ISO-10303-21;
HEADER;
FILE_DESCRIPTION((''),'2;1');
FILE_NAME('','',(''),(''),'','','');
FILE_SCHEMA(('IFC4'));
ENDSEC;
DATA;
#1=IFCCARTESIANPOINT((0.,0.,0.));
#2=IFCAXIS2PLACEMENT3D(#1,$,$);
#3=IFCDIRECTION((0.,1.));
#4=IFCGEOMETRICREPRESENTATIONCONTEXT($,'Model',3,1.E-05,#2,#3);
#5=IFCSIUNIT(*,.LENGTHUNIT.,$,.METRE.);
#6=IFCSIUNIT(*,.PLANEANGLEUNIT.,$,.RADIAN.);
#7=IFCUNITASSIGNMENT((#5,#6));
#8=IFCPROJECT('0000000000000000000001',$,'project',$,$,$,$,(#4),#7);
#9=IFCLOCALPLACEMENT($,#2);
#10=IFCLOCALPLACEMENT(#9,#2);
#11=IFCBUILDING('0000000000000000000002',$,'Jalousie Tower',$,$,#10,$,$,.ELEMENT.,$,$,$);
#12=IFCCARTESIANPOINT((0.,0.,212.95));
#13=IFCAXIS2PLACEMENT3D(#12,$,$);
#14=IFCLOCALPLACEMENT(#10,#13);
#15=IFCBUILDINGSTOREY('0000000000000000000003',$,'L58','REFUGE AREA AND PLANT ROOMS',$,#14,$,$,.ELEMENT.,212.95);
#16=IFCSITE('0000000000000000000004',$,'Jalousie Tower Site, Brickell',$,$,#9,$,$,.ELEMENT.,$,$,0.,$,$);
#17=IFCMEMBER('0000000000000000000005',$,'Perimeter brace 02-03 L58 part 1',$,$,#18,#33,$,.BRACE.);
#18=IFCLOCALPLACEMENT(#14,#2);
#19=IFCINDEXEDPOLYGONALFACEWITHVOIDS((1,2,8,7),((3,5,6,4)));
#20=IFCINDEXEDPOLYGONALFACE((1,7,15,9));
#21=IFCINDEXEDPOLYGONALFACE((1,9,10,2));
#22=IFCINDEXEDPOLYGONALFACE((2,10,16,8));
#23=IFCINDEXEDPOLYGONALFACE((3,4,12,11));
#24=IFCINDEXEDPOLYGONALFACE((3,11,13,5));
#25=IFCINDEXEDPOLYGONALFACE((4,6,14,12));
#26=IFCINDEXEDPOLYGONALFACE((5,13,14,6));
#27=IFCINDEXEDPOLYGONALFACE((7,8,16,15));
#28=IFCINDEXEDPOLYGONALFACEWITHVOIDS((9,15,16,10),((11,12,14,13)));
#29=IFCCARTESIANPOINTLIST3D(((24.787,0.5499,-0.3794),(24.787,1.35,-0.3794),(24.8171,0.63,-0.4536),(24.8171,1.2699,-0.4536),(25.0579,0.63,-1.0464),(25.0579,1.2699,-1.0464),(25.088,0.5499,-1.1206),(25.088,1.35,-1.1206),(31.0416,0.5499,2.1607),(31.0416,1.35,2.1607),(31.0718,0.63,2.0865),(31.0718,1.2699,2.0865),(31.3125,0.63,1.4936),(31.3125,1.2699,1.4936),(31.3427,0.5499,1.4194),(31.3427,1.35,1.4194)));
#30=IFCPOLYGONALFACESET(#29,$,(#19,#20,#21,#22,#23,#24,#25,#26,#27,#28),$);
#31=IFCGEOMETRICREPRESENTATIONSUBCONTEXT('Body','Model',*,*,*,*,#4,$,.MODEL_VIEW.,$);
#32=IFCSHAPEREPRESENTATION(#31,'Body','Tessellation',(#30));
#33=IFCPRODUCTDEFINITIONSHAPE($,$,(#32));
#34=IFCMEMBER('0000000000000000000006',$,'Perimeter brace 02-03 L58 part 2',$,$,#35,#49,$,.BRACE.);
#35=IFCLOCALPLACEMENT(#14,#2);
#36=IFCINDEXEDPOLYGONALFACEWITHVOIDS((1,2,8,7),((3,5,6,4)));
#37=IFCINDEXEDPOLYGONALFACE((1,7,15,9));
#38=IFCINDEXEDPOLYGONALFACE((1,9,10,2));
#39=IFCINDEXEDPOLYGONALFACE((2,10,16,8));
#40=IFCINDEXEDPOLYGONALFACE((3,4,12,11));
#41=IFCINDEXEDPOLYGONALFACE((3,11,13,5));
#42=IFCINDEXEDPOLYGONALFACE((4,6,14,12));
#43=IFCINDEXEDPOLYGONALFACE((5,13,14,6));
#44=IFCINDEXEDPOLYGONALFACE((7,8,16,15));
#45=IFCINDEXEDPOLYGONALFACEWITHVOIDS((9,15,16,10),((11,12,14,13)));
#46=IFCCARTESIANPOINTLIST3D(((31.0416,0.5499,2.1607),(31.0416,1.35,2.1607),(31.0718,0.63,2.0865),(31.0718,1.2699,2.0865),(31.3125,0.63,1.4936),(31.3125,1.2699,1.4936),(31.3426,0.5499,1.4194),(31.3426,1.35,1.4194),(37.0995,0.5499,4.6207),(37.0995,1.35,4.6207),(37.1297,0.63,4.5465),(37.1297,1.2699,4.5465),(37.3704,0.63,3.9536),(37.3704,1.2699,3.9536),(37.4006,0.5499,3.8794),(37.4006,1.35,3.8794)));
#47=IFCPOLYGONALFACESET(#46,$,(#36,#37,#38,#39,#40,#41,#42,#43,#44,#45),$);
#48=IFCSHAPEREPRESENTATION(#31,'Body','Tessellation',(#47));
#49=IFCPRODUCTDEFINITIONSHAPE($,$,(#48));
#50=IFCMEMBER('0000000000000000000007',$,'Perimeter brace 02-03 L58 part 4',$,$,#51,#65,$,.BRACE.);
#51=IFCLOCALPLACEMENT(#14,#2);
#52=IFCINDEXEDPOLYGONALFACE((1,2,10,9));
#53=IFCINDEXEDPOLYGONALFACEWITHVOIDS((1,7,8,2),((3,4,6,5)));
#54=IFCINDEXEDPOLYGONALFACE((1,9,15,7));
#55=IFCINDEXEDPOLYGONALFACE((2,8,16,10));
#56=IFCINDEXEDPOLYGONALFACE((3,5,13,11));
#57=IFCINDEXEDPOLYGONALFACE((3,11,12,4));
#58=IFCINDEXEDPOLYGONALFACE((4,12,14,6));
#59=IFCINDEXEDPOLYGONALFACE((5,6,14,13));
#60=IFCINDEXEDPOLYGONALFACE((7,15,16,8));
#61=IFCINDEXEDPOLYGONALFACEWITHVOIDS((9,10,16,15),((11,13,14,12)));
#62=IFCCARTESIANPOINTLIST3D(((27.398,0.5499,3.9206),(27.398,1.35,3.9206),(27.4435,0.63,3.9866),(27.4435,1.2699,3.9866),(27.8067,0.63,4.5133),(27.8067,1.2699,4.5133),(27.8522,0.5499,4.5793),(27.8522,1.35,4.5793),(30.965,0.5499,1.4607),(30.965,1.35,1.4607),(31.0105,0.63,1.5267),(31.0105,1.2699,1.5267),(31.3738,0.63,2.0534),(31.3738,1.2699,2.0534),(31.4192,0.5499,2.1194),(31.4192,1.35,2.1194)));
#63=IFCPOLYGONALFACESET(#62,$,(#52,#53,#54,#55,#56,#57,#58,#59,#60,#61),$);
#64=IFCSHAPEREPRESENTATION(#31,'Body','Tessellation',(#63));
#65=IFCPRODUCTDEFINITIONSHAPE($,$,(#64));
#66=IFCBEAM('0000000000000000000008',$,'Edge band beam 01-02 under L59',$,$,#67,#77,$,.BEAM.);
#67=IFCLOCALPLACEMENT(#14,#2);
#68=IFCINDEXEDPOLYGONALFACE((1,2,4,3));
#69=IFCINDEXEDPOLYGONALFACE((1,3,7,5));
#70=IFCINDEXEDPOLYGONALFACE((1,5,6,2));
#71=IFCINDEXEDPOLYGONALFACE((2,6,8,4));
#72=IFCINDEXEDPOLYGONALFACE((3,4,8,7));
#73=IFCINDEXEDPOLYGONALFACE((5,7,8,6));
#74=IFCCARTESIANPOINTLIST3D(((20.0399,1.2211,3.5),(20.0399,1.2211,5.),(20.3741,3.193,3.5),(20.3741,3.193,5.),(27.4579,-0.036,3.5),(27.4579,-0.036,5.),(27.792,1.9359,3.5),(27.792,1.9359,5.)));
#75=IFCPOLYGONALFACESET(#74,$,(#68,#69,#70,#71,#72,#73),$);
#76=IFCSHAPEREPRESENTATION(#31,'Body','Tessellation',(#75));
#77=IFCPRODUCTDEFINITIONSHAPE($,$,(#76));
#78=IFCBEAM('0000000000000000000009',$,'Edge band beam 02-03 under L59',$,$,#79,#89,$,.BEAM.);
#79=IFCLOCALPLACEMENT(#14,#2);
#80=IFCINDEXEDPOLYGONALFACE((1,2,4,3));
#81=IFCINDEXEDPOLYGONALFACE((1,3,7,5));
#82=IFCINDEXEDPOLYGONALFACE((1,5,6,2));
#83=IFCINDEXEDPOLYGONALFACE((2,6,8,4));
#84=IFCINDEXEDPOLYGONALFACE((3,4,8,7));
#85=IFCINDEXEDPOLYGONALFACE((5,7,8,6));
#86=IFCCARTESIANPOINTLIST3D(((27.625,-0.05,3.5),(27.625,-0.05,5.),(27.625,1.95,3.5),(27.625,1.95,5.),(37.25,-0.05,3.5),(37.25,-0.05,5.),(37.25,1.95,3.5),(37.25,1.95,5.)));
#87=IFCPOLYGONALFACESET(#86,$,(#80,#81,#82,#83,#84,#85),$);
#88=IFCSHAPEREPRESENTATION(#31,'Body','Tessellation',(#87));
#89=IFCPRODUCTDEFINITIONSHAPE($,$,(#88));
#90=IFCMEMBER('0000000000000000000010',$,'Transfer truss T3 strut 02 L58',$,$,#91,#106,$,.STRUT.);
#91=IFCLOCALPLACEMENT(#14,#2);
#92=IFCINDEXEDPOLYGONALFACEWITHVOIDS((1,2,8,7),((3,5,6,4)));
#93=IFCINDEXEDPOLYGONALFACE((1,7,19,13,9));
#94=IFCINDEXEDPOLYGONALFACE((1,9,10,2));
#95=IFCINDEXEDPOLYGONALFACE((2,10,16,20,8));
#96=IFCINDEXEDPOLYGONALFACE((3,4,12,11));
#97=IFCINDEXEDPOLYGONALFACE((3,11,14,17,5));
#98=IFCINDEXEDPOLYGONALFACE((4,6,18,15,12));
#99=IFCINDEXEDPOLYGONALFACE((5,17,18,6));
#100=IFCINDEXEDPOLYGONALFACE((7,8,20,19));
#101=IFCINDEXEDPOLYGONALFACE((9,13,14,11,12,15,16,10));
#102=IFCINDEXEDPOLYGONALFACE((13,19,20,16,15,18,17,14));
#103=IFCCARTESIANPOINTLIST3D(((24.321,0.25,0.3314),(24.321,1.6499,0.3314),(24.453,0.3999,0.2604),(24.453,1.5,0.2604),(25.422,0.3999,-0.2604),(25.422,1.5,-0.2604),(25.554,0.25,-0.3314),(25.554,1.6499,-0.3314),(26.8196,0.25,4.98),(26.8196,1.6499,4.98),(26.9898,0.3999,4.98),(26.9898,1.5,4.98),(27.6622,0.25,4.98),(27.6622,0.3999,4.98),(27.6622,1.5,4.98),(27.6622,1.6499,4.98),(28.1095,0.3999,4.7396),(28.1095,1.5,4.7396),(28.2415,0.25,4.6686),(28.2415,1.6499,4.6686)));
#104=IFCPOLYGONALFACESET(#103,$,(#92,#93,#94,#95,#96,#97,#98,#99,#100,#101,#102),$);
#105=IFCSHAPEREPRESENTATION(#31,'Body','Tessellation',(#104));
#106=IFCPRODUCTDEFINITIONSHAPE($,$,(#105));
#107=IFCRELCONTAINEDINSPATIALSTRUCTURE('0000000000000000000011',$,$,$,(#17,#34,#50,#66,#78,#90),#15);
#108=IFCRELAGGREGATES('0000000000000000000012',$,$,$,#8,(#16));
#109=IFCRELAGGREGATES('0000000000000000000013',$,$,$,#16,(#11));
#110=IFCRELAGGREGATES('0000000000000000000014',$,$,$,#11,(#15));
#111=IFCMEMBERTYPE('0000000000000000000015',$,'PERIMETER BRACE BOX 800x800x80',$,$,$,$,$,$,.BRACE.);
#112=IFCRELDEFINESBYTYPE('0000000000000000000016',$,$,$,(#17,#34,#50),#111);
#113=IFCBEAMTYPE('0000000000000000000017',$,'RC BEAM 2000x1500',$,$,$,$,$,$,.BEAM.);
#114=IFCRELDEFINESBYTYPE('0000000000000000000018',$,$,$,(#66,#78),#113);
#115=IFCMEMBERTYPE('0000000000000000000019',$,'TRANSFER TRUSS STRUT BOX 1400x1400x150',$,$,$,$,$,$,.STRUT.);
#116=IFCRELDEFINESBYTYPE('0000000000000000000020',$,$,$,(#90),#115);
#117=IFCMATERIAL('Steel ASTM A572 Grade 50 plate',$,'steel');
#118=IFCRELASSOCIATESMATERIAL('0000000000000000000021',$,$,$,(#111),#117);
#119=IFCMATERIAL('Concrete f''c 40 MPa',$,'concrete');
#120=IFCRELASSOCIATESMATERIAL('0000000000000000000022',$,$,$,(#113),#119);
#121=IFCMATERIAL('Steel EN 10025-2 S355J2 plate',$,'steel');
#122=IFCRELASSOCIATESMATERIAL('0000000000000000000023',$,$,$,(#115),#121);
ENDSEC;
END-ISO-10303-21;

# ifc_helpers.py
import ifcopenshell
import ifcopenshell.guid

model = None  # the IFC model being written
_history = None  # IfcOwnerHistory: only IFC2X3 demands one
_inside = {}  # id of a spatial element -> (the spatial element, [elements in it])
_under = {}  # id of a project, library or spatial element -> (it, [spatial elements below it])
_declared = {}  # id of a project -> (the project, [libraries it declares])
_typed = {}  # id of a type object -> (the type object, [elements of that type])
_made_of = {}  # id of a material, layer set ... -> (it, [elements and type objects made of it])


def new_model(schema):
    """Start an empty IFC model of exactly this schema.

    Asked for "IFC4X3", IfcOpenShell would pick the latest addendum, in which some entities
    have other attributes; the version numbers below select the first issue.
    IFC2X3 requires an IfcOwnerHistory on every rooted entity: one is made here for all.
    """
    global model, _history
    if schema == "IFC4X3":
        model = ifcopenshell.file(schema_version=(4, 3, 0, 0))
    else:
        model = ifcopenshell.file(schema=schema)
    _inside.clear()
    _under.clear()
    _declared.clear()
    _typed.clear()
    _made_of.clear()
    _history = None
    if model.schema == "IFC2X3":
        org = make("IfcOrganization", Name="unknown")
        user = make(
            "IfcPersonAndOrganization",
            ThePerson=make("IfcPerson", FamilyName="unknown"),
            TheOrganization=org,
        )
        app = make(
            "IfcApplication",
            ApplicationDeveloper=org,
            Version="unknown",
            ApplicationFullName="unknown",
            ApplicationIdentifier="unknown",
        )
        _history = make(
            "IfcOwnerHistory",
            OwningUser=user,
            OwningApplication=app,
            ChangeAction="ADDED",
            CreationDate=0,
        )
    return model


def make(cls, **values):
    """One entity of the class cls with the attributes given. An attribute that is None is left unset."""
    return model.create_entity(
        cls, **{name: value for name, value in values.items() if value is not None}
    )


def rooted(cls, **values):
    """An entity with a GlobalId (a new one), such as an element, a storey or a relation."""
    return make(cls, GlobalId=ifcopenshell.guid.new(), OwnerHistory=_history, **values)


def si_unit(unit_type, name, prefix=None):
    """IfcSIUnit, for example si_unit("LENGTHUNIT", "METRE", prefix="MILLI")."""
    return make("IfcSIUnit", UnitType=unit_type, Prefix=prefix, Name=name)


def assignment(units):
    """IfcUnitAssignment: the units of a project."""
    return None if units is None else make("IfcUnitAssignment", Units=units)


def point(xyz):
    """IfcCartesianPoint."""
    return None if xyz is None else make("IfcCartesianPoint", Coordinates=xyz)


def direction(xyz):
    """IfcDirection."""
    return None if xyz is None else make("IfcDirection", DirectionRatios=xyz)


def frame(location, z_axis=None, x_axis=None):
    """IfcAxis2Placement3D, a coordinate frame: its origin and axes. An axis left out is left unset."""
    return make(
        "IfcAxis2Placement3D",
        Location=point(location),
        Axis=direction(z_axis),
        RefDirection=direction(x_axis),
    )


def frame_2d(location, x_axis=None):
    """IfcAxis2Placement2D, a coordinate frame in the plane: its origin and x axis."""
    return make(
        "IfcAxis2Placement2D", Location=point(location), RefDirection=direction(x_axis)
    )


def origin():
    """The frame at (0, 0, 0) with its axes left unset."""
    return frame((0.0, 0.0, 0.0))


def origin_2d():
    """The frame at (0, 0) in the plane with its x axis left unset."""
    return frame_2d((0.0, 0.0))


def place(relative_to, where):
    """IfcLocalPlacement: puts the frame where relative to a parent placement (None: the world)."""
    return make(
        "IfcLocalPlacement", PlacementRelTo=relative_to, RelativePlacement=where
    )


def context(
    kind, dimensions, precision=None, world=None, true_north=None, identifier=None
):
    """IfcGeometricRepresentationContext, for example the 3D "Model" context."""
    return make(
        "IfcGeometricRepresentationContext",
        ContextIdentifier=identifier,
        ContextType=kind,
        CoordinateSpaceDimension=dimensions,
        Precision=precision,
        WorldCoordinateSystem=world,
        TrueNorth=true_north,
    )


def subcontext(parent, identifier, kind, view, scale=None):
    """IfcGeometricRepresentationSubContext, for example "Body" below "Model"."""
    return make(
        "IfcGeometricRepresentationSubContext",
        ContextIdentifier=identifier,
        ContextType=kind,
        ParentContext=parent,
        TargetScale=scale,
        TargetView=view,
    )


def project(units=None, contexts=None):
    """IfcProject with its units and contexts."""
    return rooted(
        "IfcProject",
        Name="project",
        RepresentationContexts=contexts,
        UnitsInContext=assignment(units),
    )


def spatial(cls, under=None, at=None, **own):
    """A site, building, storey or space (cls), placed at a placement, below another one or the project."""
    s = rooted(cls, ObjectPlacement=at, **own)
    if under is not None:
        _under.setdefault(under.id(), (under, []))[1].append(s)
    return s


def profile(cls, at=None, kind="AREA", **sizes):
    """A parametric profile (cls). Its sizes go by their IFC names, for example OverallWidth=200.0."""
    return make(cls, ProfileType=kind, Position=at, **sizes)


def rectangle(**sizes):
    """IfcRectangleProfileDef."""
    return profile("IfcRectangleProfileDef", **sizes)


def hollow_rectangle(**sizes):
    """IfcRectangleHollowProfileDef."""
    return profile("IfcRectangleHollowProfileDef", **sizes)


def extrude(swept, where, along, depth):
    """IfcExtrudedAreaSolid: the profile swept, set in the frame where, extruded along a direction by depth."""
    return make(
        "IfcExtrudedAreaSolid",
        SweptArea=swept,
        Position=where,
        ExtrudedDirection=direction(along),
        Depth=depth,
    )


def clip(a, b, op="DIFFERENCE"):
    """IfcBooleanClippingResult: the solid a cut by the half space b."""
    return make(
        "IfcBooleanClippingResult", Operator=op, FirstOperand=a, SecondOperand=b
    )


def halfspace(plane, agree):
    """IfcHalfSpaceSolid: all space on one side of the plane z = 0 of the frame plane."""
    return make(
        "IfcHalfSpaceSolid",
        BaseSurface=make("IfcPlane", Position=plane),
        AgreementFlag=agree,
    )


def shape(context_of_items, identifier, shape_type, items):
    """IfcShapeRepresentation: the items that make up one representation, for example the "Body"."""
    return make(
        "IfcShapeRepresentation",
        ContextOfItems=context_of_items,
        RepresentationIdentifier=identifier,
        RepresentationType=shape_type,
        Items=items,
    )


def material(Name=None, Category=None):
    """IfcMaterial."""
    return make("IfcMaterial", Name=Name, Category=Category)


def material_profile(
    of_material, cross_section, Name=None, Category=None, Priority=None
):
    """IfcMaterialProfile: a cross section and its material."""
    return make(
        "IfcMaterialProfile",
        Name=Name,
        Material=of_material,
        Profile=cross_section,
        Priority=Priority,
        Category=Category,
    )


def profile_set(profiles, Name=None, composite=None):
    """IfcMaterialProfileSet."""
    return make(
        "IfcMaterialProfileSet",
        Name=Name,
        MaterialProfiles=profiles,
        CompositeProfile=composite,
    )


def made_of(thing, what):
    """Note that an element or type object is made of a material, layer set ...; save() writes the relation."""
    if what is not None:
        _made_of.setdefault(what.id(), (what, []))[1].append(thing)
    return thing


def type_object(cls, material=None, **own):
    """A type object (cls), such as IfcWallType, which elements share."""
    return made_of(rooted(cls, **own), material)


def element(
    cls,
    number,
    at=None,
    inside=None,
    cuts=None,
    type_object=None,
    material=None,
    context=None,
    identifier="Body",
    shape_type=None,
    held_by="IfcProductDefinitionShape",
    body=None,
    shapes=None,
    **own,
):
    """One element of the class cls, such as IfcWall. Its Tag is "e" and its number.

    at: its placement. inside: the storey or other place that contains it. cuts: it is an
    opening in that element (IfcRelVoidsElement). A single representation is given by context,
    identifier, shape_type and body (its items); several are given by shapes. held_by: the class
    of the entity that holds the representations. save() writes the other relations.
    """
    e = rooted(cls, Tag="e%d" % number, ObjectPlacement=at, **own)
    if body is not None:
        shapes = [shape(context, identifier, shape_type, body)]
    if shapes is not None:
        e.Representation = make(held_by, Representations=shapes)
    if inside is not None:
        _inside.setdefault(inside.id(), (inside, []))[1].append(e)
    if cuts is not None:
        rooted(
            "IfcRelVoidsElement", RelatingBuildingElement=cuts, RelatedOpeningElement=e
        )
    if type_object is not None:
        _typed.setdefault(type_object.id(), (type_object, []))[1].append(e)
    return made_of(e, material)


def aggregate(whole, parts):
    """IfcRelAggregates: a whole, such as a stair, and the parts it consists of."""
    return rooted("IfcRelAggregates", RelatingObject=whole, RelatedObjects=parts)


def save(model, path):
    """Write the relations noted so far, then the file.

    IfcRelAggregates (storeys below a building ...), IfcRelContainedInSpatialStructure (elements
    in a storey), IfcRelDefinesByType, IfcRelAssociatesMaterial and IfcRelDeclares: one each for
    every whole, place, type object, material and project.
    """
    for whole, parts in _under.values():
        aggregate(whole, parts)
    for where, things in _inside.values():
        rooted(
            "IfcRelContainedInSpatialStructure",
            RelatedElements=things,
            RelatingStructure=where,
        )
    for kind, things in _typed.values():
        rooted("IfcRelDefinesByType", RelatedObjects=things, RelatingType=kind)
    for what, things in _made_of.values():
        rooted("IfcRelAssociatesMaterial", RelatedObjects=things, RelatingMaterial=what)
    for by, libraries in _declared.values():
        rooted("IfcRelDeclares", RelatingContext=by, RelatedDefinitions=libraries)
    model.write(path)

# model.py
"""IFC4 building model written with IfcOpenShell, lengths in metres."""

from ifc_helpers import new_model, si_unit, direction, frame, origin, origin_2d, place, context, subcontext, project, spatial, rectangle, hollow_rectangle, extrude, clip, halfspace, material, material_profile, profile_set, type_object, element, save


model = new_model("IFC4")

# Units and contexts
model_context = context("Model", 3, precision=1e-05, world=origin(), true_north=direction((0.0, 1.0)))
body_context = subcontext(model_context, "Body", "Model", "MODEL_VIEW")
ifc_project = project(units=[si_unit("LENGTHUNIT", "METRE"), si_unit("PLANEANGLEUNIT", "RADIAN")], contexts=[model_context])

# Site, building, storey
site_placement = place(None, origin())
site = spatial("IfcSite", under=ifc_project, at=site_placement, Name="Jalousie Tower Site, Brickell", CompositionType="ELEMENT", RefElevation=0.0)
building_placement = place(site_placement, origin())
building = spatial("IfcBuilding", under=site, at=building_placement, Name="Jalousie Tower", CompositionType="ELEMENT")
storey_placement = place(building_placement, frame((0.0, 0.0, 212.95)))
storey = spatial("IfcBuildingStorey", under=building, at=storey_placement, Name="L58", Description="REFUGE AREA AND PLANT ROOMS", CompositionType="ELEMENT", Elevation=212.95)

# Members
ifc_material_1 = material(Name="Steel ASTM A572 Grade 50 plate", Category="steel")
ifc_material_profile_1 = material_profile(ifc_material_1, hollow_rectangle(XDim=0.8, YDim=0.8, WallThickness=0.0801, at=origin_2d()), Name="BOX 800x800x80")
ifc_profile_set_1 = profile_set([ifc_material_profile_1], Name="Steel ASTM A572 Grade 50 plate")
member_type_1 = type_object("IfcMemberType", Name="PERIMETER BRACE BOX 800x800x80", PredefinedType="BRACE", material=ifc_profile_set_1)
member_1_placement = place(storey_placement, frame((24.9375, 0.95, -0.75), z_axis=(0.926513, 0.0, 0.376262), x_axis=(0.0, 1.0, 0.0)))
element("IfcMember", 1, at=member_1_placement, inside=storey, type_object=member_type_1, Name="Perimeter brace 02-03 L58 part 1", PredefinedType="BRACE", context=body_context, shape_type="SweptSolid", body=[
    extrude(hollow_rectangle(XDim=0.8, YDim=0.8, WallThickness=0.0801, at=origin_2d()), origin(), (0.0, 0.0, 1.0), 6.7507),
])
member_2_placement = place(storey_placement, frame((31.1921, 0.95, 1.79), z_axis=(0.926522, 0.0, 0.37624), x_axis=(0.0, 1.0, 0.0)))
element("IfcMember", 2, at=member_2_placement, inside=storey, type_object=member_type_1, Name="Perimeter brace 02-03 L58 part 2", PredefinedType="BRACE", context=body_context, shape_type="SweptSolid", body=[
    extrude(hollow_rectangle(XDim=0.8, YDim=0.8, WallThickness=0.0801, at=origin_2d()), origin(), (0.0, 0.0, 1.0), 6.5383),
])
member_3_placement = place(storey_placement, frame((31.1921, 0.95, 1.79), z_axis=(-0.823227, 0.0, 0.567712), x_axis=(0.0, -1.0, 0.0)))
element("IfcMember", 3, at=member_3_placement, inside=storey, type_object=member_type_1, Name="Perimeter brace 02-03 L58 part 4", PredefinedType="BRACE", context=body_context, shape_type="SweptSolid", body=[
    extrude(hollow_rectangle(XDim=0.8, YDim=0.8, WallThickness=0.0801, at=origin_2d()), origin(), (0.0, 0.0, 1.0), 4.333),
])

# Beams
ifc_material_2 = material(Name="Concrete f'c 40 MPa", Category="concrete")
ifc_material_profile_2 = material_profile(ifc_material_2, rectangle(XDim=2.0, YDim=1.5, at=origin_2d()), Name="RC 2000x1500")
ifc_profile_set_2 = profile_set([ifc_material_profile_2], Name="Concrete f'c 40 MPa")
beam_type_1 = type_object("IfcBeamType", Name="RC BEAM 2000x1500", PredefinedType="BEAM", material=ifc_profile_set_2)
beam_1_placement = place(storey_placement, frame((20.207, 2.207, 4.25), z_axis=(0.985943, -0.167082, 0.0), x_axis=(0.167082, 0.985943, 0.0)))
element("IfcBeam", 4, at=beam_1_placement, inside=storey, type_object=beam_type_1, Name="Edge band beam 01-02 under L59", PredefinedType="BEAM", context=body_context, shape_type="SweptSolid", body=[
    extrude(rectangle(XDim=2.0, YDim=1.5, at=origin_2d()), origin(), (0.0, 0.0, 1.0), 7.5237),
])
beam_2_placement = place(storey_placement, frame((27.625, 0.95, 4.25), z_axis=(1.0, 0.0, 0.0), x_axis=(0.0, 1.0, 0.0)))
element("IfcBeam", 5, at=beam_2_placement, inside=storey, type_object=beam_type_1, Name="Edge band beam 02-03 under L59", PredefinedType="BEAM", context=body_context, shape_type="SweptSolid", body=[
    extrude(rectangle(XDim=2.0, YDim=1.5, at=origin_2d()), origin(), (0.0, 0.0, 1.0), 9.625),
])

# Member
ifc_material_3 = material(Name="Steel EN 10025-2 S355J2 plate", Category="steel")
ifc_material_profile_3 = material_profile(ifc_material_3, hollow_rectangle(XDim=1.3999, YDim=1.3999, WallThickness=0.1499, at=origin_2d()), Name="BOX 1400x1400x150")
ifc_profile_set_3 = profile_set([ifc_material_profile_3], Name="Steel EN 10025-2 S355J2 plate")
member_type_2 = type_object("IfcMemberType", Name="TRANSFER TRUSS STRUT BOX 1400x1400x150", PredefinedType="STRUT", material=ifc_profile_set_3)
member_4_placement = place(storey_placement, frame((24.9375, 0.95, 0.0), z_axis=(0.473443, 0.0, 0.880824), x_axis=(0.0, 1.0, 0.0)))
element("IfcMember", 6, at=member_4_placement, inside=storey, type_object=member_type_2, Name="Transfer truss T3 strut 02 L58", PredefinedType="STRUT", context=body_context, shape_type="Clipping", body=[
    clip(extrude(hollow_rectangle(XDim=1.3999, YDim=1.3999, WallThickness=0.1499, at=origin_2d()), origin(), (0.0, 0.0, 1.0), 5.6765), halfspace(frame((0.0, 0.0, 5.6538), z_axis=(0.0, 0.473443, 0.880824)), False)),
])

save(model, "model.ifc")
